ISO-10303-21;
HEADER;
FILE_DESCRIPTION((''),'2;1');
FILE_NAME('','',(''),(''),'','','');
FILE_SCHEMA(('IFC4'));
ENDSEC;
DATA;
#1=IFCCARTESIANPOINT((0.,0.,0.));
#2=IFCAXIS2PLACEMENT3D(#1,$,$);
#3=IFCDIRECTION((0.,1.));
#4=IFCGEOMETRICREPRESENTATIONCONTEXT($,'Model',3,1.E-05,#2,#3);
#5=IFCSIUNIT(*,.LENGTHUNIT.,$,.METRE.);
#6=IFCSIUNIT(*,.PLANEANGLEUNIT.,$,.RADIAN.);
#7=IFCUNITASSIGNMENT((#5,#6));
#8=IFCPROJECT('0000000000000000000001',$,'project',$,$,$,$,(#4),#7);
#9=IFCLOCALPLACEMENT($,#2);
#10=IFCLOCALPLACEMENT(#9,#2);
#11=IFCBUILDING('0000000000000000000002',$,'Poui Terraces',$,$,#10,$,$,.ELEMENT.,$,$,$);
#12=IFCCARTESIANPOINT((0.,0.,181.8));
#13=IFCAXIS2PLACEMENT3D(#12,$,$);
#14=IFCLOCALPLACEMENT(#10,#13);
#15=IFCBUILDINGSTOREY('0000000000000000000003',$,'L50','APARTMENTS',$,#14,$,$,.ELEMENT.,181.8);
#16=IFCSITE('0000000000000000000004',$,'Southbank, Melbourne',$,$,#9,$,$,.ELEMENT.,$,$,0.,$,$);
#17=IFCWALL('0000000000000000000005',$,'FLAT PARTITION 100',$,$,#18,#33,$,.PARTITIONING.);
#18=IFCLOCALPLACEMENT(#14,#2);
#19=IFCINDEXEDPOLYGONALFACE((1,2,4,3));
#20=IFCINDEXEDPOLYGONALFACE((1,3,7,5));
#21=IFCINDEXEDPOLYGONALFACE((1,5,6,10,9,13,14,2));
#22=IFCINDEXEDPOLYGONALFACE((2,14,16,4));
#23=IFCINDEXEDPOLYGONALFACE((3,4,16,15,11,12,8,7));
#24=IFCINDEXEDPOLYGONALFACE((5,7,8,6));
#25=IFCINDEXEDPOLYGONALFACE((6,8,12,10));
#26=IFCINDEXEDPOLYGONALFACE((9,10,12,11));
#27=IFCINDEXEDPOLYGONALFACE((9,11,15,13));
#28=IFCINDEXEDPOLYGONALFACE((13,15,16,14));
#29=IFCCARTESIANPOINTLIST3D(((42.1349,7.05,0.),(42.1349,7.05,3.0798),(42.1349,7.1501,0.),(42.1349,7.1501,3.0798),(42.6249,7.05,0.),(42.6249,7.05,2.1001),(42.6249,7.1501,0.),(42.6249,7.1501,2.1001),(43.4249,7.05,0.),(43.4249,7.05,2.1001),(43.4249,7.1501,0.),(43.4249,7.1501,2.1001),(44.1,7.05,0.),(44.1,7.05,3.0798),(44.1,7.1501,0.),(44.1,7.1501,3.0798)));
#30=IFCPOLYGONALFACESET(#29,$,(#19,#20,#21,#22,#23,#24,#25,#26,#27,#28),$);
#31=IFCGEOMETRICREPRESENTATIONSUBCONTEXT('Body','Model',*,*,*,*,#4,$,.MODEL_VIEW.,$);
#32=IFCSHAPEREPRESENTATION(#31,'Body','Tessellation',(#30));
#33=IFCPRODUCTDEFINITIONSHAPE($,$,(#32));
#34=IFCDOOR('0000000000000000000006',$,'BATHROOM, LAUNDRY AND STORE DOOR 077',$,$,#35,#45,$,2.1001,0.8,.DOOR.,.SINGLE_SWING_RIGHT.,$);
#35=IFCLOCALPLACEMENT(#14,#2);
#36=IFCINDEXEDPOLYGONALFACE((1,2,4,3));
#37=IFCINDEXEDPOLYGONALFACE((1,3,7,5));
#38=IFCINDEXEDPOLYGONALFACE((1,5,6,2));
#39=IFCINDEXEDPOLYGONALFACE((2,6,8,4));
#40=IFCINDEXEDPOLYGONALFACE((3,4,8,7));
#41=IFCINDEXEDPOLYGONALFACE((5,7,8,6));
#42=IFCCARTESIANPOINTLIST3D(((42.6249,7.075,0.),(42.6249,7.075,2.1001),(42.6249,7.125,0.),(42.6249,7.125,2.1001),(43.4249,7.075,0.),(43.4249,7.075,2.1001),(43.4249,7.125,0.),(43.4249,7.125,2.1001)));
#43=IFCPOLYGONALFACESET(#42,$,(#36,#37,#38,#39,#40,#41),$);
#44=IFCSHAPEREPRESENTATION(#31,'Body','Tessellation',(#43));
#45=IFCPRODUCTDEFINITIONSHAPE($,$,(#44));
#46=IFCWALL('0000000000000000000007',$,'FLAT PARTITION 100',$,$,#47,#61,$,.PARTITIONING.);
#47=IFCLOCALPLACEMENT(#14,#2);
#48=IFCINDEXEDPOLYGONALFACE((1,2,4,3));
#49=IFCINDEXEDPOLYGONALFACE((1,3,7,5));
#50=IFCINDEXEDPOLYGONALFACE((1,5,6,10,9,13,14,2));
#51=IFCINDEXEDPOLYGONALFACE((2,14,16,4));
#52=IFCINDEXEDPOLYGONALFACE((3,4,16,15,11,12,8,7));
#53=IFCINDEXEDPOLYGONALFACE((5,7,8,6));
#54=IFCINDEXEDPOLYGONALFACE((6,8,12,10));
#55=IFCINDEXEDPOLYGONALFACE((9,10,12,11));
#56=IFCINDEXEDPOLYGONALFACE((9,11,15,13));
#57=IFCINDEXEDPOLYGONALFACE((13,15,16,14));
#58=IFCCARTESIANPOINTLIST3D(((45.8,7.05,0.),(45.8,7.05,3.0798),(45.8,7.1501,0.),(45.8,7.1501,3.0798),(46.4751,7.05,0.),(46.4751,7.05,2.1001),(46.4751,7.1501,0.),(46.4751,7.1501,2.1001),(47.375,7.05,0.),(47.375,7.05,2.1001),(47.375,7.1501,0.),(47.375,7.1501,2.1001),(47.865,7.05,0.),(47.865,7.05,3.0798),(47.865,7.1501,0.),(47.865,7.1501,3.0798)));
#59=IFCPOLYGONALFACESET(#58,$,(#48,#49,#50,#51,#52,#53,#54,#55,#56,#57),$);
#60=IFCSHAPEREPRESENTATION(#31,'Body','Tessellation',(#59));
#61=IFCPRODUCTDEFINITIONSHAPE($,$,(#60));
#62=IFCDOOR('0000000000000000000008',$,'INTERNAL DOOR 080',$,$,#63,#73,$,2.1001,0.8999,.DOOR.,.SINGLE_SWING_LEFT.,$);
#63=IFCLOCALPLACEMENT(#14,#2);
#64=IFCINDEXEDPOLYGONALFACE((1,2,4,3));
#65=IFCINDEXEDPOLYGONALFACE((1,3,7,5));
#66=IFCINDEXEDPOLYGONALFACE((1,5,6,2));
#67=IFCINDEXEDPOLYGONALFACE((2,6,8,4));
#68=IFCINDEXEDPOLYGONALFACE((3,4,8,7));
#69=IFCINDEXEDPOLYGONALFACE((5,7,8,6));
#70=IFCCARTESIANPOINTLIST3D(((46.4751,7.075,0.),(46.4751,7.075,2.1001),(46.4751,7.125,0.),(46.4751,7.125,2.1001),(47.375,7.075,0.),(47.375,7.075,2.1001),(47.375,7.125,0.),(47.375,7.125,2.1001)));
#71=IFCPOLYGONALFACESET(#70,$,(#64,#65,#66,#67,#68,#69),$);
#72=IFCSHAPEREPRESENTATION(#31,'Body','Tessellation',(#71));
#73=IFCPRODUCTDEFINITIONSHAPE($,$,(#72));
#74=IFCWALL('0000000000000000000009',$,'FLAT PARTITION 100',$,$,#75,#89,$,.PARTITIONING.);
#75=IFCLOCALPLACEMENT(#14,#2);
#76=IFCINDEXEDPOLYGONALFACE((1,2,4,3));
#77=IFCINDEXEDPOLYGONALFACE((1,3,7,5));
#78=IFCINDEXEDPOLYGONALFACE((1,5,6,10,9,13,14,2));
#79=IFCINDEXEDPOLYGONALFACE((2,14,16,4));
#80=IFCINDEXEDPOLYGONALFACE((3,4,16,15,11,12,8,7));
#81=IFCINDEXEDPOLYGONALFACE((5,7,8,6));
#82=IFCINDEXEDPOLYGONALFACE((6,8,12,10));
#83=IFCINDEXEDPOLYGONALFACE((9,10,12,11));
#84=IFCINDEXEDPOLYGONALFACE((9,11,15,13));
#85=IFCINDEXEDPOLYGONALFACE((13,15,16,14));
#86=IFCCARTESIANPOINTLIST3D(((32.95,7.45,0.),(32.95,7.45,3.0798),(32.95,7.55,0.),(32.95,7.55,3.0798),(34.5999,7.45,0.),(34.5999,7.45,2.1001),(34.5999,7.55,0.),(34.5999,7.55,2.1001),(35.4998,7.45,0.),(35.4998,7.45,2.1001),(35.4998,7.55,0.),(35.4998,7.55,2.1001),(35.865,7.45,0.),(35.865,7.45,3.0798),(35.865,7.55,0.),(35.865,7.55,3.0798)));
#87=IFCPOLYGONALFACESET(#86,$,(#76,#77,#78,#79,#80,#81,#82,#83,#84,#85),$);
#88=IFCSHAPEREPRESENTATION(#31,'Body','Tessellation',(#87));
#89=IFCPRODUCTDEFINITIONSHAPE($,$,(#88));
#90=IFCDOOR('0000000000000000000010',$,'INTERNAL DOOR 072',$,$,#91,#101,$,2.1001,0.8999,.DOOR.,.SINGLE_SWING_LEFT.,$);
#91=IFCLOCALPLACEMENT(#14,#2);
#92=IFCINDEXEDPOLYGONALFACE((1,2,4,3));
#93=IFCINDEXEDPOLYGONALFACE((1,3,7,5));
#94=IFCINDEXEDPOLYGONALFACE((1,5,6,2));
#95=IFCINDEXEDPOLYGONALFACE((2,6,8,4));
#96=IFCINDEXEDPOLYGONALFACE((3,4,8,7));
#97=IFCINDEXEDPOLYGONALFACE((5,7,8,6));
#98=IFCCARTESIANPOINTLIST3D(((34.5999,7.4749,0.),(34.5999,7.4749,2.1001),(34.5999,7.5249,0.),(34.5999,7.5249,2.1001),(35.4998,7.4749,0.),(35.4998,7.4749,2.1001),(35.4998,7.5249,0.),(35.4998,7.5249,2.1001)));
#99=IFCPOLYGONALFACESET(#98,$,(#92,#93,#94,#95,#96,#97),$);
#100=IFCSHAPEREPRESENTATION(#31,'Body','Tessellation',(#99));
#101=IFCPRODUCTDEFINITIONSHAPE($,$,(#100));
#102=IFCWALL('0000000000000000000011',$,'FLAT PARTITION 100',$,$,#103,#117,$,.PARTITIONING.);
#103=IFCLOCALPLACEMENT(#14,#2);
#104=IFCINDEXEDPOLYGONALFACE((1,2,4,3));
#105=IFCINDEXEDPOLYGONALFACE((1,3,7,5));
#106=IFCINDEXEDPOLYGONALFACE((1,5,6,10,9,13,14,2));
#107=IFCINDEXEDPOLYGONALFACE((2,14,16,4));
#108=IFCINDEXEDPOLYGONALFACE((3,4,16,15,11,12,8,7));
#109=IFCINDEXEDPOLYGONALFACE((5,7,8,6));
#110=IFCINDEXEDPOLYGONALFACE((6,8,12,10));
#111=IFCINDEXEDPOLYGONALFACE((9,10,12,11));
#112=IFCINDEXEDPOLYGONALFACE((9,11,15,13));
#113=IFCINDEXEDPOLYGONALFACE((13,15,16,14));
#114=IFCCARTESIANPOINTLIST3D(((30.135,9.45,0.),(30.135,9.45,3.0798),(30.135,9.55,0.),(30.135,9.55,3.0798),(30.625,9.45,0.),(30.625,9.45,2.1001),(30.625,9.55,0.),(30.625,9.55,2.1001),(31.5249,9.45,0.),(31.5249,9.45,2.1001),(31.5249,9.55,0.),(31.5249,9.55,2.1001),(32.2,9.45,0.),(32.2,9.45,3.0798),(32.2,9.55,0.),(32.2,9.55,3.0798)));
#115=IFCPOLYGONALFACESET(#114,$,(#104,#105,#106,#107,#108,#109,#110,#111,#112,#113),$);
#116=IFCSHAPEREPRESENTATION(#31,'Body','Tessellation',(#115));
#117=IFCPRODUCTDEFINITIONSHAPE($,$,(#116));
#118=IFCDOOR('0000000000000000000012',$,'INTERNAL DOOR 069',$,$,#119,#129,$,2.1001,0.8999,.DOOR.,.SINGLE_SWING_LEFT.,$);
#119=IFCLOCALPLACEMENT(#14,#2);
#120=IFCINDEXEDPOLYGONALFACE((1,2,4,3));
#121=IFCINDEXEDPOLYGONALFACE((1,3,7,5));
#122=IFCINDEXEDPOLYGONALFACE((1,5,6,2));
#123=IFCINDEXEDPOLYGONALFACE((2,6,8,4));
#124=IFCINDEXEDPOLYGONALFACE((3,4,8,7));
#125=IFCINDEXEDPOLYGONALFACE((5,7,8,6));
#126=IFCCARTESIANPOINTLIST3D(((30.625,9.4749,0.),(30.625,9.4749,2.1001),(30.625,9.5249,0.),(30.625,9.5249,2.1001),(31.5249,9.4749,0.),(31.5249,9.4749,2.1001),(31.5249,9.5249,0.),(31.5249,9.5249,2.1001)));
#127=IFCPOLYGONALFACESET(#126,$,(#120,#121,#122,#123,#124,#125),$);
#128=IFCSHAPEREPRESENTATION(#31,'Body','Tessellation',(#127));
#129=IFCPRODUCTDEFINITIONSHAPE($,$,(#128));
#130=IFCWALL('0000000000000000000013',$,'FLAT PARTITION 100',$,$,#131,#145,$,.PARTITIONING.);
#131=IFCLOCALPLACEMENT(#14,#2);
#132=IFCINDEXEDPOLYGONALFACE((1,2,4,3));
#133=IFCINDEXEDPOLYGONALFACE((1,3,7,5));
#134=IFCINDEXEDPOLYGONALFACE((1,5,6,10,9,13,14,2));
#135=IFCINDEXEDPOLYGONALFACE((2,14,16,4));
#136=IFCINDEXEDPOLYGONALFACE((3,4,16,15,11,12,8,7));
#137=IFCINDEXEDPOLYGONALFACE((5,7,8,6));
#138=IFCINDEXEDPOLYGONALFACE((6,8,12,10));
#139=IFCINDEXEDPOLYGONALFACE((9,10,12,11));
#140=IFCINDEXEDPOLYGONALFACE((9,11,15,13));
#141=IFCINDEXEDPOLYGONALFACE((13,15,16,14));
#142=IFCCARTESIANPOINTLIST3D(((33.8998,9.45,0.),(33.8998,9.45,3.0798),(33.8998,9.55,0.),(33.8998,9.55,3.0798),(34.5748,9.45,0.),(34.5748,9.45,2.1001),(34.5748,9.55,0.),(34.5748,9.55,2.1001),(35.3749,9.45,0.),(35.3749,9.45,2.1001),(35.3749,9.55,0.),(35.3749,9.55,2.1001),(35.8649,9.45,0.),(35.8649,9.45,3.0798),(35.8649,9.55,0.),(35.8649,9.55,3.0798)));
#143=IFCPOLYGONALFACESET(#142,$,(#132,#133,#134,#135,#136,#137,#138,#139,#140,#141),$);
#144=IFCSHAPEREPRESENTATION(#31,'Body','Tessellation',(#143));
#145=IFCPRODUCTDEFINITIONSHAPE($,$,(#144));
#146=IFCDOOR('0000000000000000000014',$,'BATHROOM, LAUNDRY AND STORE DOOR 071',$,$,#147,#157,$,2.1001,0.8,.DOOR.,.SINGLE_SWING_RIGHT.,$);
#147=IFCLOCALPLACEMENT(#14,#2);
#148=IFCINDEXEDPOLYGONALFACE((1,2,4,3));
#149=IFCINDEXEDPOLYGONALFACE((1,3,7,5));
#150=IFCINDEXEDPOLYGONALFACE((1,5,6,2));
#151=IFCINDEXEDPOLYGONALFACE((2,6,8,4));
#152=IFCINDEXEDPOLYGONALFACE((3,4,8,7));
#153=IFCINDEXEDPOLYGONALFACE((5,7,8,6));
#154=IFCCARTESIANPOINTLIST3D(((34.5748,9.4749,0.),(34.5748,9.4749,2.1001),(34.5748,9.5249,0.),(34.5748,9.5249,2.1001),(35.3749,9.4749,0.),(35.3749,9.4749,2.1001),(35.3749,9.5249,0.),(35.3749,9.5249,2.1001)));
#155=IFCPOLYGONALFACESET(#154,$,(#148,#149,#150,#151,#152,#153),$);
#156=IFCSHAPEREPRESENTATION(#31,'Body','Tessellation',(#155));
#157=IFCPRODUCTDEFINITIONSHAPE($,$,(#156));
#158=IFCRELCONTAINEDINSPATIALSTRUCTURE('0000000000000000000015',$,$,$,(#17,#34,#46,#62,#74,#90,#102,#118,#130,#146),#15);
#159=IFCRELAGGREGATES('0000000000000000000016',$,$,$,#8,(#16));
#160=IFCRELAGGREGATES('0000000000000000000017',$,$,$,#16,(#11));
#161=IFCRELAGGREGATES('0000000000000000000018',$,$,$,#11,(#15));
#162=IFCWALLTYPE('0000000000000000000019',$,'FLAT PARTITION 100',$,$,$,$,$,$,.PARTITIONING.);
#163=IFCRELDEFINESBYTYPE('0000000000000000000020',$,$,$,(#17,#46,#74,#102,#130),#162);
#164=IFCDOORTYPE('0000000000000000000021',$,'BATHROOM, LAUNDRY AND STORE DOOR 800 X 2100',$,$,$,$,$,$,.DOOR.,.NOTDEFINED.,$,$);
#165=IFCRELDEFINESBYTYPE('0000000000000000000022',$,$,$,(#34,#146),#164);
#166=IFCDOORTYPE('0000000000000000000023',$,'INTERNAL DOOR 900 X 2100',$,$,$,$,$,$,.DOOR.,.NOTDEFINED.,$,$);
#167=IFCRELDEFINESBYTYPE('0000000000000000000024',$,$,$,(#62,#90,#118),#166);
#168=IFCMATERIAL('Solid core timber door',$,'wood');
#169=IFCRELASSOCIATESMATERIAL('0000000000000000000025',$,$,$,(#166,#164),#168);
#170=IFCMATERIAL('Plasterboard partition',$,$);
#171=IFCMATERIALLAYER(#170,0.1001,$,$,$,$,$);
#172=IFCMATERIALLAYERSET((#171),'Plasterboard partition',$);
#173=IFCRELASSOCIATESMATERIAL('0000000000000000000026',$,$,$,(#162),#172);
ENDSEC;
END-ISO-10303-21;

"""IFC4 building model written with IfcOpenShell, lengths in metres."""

from ifc_helpers import new_model, si_unit, direction, frame, frame_2d, origin, place, context, subcontext, project, spatial, rectangle, extrude, material, layer, layer_set, type_object, element, fill, save


model = new_model("IFC4")

# Units and contexts
model_context = context("Model", 3, precision=1e-05, world=origin(), true_north=direction((0.0, 1.0)))
body_context = subcontext(model_context, "Body", "Model", "MODEL_VIEW")
ifc_project = project(units=[si_unit("LENGTHUNIT", "METRE"), si_unit("PLANEANGLEUNIT", "RADIAN")], contexts=[model_context])

# Site, building, storey
site_placement = place(None, origin())
site = spatial("IfcSite", under=ifc_project, at=site_placement, Name="Southbank, Melbourne", CompositionType="ELEMENT", RefElevation=0.0)
building_placement = place(site_placement, origin())
building = spatial("IfcBuilding", under=site, at=building_placement, Name="Poui Terraces", CompositionType="ELEMENT")
storey_placement = place(building_placement, frame((0.0, 0.0, 181.8)))
storey = spatial("IfcBuildingStorey", under=building, at=storey_placement, Name="L50", Description="APARTMENTS", CompositionType="ELEMENT", Elevation=181.8)

# Walls, openings, doors
ifc_material_1 = material(Name="Solid core timber door", Category="wood")
door_type_1 = type_object("IfcDoorType", Name="INTERNAL DOOR 900 X 2100", OperationType="NOTDEFINED", PredefinedType="DOOR", material=ifc_material_1)
ifc_material_2 = material(Name="Plasterboard partition")
ifc_layer_1 = layer(ifc_material_2, 0.1001)
ifc_layer_set_1 = layer_set([ifc_layer_1], Name="Plasterboard partition")
wall_type_1 = type_object("IfcWallType", Name="FLAT PARTITION 100", PredefinedType="PARTITIONING", material=ifc_layer_set_1)
door_type_2 = type_object("IfcDoorType", Name="BATHROOM, LAUNDRY AND STORE DOOR 800 X 2100", OperationType="NOTDEFINED", PredefinedType="DOOR", material=ifc_material_1)
wall_1_placement = place(storey_placement, frame((42.135, 7.1001, 0.0), z_axis=(0.0, 0.0, 1.0), x_axis=(1.0, 0.0, 0.0)))
wall_1 = element("IfcWall", 1, at=wall_1_placement, inside=storey, type_object=wall_type_1, Name="FLAT PARTITION 100", PredefinedType="PARTITIONING", context=body_context, shape_type="SweptSolid", body=[
    extrude(rectangle(XDim=1.9651, YDim=0.1001, at=frame_2d((0.9824, 0.0))), origin(), (0.0, 0.0, 1.0), 3.0798),
])
opening_1_placement = place(wall_1_placement, frame((0.49, 0.0, 0.0)))
opening_1 = element("IfcOpeningElement", 2, at=opening_1_placement, cuts=wall_1, PredefinedType="OPENING", context=body_context, shape_type="SweptSolid", body=[
    extrude(rectangle(XDim=0.8, YDim=2.1001, at=frame_2d((0.3999, 1.05))), frame((0.0, 0.0601, 0.0), z_axis=(0.0, -1.0, 0.0), x_axis=(1.0, 0.0, 0.0)), (0.0, 0.0, 1.0), 0.1201),
])
door_1_placement = place(opening_1_placement, origin())
door_1 = element("IfcDoor", 3, at=door_1_placement, inside=storey, type_object=door_type_2, Name="BATHROOM, LAUNDRY AND STORE DOOR 077", OperationType="SINGLE_SWING_RIGHT", OverallHeight=2.1001, OverallWidth=0.8, PredefinedType="DOOR", context=body_context, shape_type="SweptSolid", body=[
    extrude(rectangle(XDim=0.8, YDim=2.1001, at=frame_2d((0.3999, 1.05))), frame((0.0, 0.0249, 0.0), z_axis=(0.0, -1.0, 0.0), x_axis=(1.0, 0.0, 0.0)), (0.0, 0.0, 1.0), 0.05),
])
fill(opening_1, door_1)
wall_2_placement = place(storey_placement, frame((45.8, 7.1001, 0.0), z_axis=(0.0, 0.0, 1.0), x_axis=(1.0, 0.0, 0.0)))
wall_2 = element("IfcWall", 4, at=wall_2_placement, inside=storey, type_object=wall_type_1, Name="FLAT PARTITION 100", PredefinedType="PARTITIONING", context=body_context, shape_type="SweptSolid", body=[
    extrude(rectangle(XDim=2.0649, YDim=0.1001, at=frame_2d((1.0325, 0.0))), origin(), (0.0, 0.0, 1.0), 3.0798),
])
opening_2_placement = place(wall_2_placement, frame((0.675, 0.0, 0.0)))
opening_2 = element("IfcOpeningElement", 5, at=opening_2_placement, cuts=wall_2, PredefinedType="OPENING", context=body_context, shape_type="SweptSolid", body=[
    extrude(rectangle(XDim=0.8999, YDim=2.1001, at=frame_2d((0.45, 1.05))), frame((0.0, 0.0601, 0.0), z_axis=(0.0, -1.0, 0.0), x_axis=(1.0, 0.0, 0.0)), (0.0, 0.0, 1.0), 0.1201),
])
door_2_placement = place(opening_2_placement, origin())
door_2 = element("IfcDoor", 6, at=door_2_placement, inside=storey, type_object=door_type_1, Name="INTERNAL DOOR 080", OperationType="SINGLE_SWING_LEFT", OverallHeight=2.1001, OverallWidth=0.8999, PredefinedType="DOOR", context=body_context, shape_type="SweptSolid", body=[
    extrude(rectangle(XDim=0.8999, YDim=2.1001, at=frame_2d((0.45, 1.05))), frame((0.0, 0.0249, 0.0), z_axis=(0.0, -1.0, 0.0), x_axis=(1.0, 0.0, 0.0)), (0.0, 0.0, 1.0), 0.05),
])
fill(opening_2, door_2)
wall_3_placement = place(storey_placement, frame((32.95, 7.5, 0.0), z_axis=(0.0, 0.0, 1.0), x_axis=(1.0, 0.0, 0.0)))
wall_3 = element("IfcWall", 7, at=wall_3_placement, inside=storey, type_object=wall_type_1, Name="FLAT PARTITION 100", PredefinedType="PARTITIONING", context=body_context, shape_type="SweptSolid", body=[
    extrude(rectangle(XDim=2.915, YDim=0.1001, at=frame_2d((1.4575, 0.0))), origin(), (0.0, 0.0, 1.0), 3.0798),
])
opening_3_placement = place(wall_3_placement, frame((1.6499, 0.0, 0.0)))
opening_3 = element("IfcOpeningElement", 8, at=opening_3_placement, cuts=wall_3, PredefinedType="OPENING", context=body_context, shape_type="SweptSolid", body=[
    extrude(rectangle(XDim=0.8999, YDim=2.1001, at=frame_2d((0.45, 1.05))), frame((0.0, 0.0601, 0.0), z_axis=(0.0, -1.0, 0.0), x_axis=(1.0, 0.0, 0.0)), (0.0, 0.0, 1.0), 0.1201),
])
door_3_placement = place(opening_3_placement, origin())
door_3 = element("IfcDoor", 9, at=door_3_placement, inside=storey, type_object=door_type_1, Name="INTERNAL DOOR 072", OperationType="SINGLE_SWING_LEFT", OverallHeight=2.1001, OverallWidth=0.8999, PredefinedType="DOOR", context=body_context, shape_type="SweptSolid", body=[
    extrude(rectangle(XDim=0.8999, YDim=2.1001, at=frame_2d((0.45, 1.05))), frame((0.0, 0.0249, 0.0), z_axis=(0.0, -1.0, 0.0), x_axis=(1.0, 0.0, 0.0)), (0.0, 0.0, 1.0), 0.05),
])
fill(opening_3, door_3)
wall_4_placement = place(storey_placement, frame((30.135, 9.5, 0.0), z_axis=(0.0, 0.0, 1.0), x_axis=(1.0, 0.0, 0.0)))
wall_4 = element("IfcWall", 10, at=wall_4_placement, inside=storey, type_object=wall_type_1, Name="FLAT PARTITION 100", PredefinedType="PARTITIONING", context=body_context, shape_type="SweptSolid", body=[
    extrude(rectangle(XDim=2.0649, YDim=0.1001, at=frame_2d((1.0325, 0.0))), origin(), (0.0, 0.0, 1.0), 3.0798),
])
opening_4_placement = place(wall_4_placement, frame((0.49, 0.0, 0.0)))
opening_4 = element("IfcOpeningElement", 11, at=opening_4_placement, cuts=wall_4, PredefinedType="OPENING", context=body_context, shape_type="SweptSolid", body=[
    extrude(rectangle(XDim=0.8999, YDim=2.1001, at=frame_2d((0.45, 1.05))), frame((0.0, 0.0601, 0.0), z_axis=(0.0, -1.0, 0.0), x_axis=(1.0, 0.0, 0.0)), (0.0, 0.0, 1.0), 0.1201),
])
door_4_placement = place(opening_4_placement, origin())
door_4 = element("IfcDoor", 12, at=door_4_placement, inside=storey, type_object=door_type_1, Name="INTERNAL DOOR 069", OperationType="SINGLE_SWING_LEFT", OverallHeight=2.1001, OverallWidth=0.8999, PredefinedType="DOOR", context=body_context, shape_type="SweptSolid", body=[
    extrude(rectangle(XDim=0.8999, YDim=2.1001, at=frame_2d((0.45, 1.05))), frame((0.0, 0.0249, 0.0), z_axis=(0.0, -1.0, 0.0), x_axis=(1.0, 0.0, 0.0)), (0.0, 0.0, 1.0), 0.05),
])
fill(opening_4, door_4)
wall_5_placement = place(storey_placement, frame((33.8999, 9.5, 0.0), z_axis=(0.0, 0.0, 1.0), x_axis=(1.0, 0.0, 0.0)))
wall_5 = element("IfcWall", 13, at=wall_5_placement, inside=storey, type_object=wall_type_1, Name="FLAT PARTITION 100", PredefinedType="PARTITIONING", context=body_context, shape_type="SweptSolid", body=[
    extrude(rectangle(XDim=1.9651, YDim=0.1001, at=frame_2d((0.9824, 0.0))), origin(), (0.0, 0.0, 1.0), 3.0798),
])
opening_5_placement = place(wall_5_placement, frame((0.675, 0.0, 0.0)))
opening_5 = element("IfcOpeningElement", 14, at=opening_5_placement, cuts=wall_5, PredefinedType="OPENING", context=body_context, shape_type="SweptSolid", body=[
    extrude(rectangle(XDim=0.8, YDim=2.1001, at=frame_2d((0.3999, 1.05))), frame((0.0, 0.0601, 0.0), z_axis=(0.0, -1.0, 0.0), x_axis=(1.0, 0.0, 0.0)), (0.0, 0.0, 1.0), 0.1201),
])
door_5_placement = place(opening_5_placement, origin())
door_5 = element("IfcDoor", 15, at=door_5_placement, inside=storey, type_object=door_type_2, Name="BATHROOM, LAUNDRY AND STORE DOOR 071", OperationType="SINGLE_SWING_RIGHT", OverallHeight=2.1001, OverallWidth=0.8, PredefinedType="DOOR", context=body_context, shape_type="SweptSolid", body=[
    extrude(rectangle(XDim=0.8, YDim=2.1001, at=frame_2d((0.3999, 1.05))), frame((0.0, 0.0249, 0.0), z_axis=(0.0, -1.0, 0.0), x_axis=(1.0, 0.0, 0.0)), (0.0, 0.0, 1.0), 0.05),
])
fill(opening_5, door_5)

save(model, "model.ifc")
